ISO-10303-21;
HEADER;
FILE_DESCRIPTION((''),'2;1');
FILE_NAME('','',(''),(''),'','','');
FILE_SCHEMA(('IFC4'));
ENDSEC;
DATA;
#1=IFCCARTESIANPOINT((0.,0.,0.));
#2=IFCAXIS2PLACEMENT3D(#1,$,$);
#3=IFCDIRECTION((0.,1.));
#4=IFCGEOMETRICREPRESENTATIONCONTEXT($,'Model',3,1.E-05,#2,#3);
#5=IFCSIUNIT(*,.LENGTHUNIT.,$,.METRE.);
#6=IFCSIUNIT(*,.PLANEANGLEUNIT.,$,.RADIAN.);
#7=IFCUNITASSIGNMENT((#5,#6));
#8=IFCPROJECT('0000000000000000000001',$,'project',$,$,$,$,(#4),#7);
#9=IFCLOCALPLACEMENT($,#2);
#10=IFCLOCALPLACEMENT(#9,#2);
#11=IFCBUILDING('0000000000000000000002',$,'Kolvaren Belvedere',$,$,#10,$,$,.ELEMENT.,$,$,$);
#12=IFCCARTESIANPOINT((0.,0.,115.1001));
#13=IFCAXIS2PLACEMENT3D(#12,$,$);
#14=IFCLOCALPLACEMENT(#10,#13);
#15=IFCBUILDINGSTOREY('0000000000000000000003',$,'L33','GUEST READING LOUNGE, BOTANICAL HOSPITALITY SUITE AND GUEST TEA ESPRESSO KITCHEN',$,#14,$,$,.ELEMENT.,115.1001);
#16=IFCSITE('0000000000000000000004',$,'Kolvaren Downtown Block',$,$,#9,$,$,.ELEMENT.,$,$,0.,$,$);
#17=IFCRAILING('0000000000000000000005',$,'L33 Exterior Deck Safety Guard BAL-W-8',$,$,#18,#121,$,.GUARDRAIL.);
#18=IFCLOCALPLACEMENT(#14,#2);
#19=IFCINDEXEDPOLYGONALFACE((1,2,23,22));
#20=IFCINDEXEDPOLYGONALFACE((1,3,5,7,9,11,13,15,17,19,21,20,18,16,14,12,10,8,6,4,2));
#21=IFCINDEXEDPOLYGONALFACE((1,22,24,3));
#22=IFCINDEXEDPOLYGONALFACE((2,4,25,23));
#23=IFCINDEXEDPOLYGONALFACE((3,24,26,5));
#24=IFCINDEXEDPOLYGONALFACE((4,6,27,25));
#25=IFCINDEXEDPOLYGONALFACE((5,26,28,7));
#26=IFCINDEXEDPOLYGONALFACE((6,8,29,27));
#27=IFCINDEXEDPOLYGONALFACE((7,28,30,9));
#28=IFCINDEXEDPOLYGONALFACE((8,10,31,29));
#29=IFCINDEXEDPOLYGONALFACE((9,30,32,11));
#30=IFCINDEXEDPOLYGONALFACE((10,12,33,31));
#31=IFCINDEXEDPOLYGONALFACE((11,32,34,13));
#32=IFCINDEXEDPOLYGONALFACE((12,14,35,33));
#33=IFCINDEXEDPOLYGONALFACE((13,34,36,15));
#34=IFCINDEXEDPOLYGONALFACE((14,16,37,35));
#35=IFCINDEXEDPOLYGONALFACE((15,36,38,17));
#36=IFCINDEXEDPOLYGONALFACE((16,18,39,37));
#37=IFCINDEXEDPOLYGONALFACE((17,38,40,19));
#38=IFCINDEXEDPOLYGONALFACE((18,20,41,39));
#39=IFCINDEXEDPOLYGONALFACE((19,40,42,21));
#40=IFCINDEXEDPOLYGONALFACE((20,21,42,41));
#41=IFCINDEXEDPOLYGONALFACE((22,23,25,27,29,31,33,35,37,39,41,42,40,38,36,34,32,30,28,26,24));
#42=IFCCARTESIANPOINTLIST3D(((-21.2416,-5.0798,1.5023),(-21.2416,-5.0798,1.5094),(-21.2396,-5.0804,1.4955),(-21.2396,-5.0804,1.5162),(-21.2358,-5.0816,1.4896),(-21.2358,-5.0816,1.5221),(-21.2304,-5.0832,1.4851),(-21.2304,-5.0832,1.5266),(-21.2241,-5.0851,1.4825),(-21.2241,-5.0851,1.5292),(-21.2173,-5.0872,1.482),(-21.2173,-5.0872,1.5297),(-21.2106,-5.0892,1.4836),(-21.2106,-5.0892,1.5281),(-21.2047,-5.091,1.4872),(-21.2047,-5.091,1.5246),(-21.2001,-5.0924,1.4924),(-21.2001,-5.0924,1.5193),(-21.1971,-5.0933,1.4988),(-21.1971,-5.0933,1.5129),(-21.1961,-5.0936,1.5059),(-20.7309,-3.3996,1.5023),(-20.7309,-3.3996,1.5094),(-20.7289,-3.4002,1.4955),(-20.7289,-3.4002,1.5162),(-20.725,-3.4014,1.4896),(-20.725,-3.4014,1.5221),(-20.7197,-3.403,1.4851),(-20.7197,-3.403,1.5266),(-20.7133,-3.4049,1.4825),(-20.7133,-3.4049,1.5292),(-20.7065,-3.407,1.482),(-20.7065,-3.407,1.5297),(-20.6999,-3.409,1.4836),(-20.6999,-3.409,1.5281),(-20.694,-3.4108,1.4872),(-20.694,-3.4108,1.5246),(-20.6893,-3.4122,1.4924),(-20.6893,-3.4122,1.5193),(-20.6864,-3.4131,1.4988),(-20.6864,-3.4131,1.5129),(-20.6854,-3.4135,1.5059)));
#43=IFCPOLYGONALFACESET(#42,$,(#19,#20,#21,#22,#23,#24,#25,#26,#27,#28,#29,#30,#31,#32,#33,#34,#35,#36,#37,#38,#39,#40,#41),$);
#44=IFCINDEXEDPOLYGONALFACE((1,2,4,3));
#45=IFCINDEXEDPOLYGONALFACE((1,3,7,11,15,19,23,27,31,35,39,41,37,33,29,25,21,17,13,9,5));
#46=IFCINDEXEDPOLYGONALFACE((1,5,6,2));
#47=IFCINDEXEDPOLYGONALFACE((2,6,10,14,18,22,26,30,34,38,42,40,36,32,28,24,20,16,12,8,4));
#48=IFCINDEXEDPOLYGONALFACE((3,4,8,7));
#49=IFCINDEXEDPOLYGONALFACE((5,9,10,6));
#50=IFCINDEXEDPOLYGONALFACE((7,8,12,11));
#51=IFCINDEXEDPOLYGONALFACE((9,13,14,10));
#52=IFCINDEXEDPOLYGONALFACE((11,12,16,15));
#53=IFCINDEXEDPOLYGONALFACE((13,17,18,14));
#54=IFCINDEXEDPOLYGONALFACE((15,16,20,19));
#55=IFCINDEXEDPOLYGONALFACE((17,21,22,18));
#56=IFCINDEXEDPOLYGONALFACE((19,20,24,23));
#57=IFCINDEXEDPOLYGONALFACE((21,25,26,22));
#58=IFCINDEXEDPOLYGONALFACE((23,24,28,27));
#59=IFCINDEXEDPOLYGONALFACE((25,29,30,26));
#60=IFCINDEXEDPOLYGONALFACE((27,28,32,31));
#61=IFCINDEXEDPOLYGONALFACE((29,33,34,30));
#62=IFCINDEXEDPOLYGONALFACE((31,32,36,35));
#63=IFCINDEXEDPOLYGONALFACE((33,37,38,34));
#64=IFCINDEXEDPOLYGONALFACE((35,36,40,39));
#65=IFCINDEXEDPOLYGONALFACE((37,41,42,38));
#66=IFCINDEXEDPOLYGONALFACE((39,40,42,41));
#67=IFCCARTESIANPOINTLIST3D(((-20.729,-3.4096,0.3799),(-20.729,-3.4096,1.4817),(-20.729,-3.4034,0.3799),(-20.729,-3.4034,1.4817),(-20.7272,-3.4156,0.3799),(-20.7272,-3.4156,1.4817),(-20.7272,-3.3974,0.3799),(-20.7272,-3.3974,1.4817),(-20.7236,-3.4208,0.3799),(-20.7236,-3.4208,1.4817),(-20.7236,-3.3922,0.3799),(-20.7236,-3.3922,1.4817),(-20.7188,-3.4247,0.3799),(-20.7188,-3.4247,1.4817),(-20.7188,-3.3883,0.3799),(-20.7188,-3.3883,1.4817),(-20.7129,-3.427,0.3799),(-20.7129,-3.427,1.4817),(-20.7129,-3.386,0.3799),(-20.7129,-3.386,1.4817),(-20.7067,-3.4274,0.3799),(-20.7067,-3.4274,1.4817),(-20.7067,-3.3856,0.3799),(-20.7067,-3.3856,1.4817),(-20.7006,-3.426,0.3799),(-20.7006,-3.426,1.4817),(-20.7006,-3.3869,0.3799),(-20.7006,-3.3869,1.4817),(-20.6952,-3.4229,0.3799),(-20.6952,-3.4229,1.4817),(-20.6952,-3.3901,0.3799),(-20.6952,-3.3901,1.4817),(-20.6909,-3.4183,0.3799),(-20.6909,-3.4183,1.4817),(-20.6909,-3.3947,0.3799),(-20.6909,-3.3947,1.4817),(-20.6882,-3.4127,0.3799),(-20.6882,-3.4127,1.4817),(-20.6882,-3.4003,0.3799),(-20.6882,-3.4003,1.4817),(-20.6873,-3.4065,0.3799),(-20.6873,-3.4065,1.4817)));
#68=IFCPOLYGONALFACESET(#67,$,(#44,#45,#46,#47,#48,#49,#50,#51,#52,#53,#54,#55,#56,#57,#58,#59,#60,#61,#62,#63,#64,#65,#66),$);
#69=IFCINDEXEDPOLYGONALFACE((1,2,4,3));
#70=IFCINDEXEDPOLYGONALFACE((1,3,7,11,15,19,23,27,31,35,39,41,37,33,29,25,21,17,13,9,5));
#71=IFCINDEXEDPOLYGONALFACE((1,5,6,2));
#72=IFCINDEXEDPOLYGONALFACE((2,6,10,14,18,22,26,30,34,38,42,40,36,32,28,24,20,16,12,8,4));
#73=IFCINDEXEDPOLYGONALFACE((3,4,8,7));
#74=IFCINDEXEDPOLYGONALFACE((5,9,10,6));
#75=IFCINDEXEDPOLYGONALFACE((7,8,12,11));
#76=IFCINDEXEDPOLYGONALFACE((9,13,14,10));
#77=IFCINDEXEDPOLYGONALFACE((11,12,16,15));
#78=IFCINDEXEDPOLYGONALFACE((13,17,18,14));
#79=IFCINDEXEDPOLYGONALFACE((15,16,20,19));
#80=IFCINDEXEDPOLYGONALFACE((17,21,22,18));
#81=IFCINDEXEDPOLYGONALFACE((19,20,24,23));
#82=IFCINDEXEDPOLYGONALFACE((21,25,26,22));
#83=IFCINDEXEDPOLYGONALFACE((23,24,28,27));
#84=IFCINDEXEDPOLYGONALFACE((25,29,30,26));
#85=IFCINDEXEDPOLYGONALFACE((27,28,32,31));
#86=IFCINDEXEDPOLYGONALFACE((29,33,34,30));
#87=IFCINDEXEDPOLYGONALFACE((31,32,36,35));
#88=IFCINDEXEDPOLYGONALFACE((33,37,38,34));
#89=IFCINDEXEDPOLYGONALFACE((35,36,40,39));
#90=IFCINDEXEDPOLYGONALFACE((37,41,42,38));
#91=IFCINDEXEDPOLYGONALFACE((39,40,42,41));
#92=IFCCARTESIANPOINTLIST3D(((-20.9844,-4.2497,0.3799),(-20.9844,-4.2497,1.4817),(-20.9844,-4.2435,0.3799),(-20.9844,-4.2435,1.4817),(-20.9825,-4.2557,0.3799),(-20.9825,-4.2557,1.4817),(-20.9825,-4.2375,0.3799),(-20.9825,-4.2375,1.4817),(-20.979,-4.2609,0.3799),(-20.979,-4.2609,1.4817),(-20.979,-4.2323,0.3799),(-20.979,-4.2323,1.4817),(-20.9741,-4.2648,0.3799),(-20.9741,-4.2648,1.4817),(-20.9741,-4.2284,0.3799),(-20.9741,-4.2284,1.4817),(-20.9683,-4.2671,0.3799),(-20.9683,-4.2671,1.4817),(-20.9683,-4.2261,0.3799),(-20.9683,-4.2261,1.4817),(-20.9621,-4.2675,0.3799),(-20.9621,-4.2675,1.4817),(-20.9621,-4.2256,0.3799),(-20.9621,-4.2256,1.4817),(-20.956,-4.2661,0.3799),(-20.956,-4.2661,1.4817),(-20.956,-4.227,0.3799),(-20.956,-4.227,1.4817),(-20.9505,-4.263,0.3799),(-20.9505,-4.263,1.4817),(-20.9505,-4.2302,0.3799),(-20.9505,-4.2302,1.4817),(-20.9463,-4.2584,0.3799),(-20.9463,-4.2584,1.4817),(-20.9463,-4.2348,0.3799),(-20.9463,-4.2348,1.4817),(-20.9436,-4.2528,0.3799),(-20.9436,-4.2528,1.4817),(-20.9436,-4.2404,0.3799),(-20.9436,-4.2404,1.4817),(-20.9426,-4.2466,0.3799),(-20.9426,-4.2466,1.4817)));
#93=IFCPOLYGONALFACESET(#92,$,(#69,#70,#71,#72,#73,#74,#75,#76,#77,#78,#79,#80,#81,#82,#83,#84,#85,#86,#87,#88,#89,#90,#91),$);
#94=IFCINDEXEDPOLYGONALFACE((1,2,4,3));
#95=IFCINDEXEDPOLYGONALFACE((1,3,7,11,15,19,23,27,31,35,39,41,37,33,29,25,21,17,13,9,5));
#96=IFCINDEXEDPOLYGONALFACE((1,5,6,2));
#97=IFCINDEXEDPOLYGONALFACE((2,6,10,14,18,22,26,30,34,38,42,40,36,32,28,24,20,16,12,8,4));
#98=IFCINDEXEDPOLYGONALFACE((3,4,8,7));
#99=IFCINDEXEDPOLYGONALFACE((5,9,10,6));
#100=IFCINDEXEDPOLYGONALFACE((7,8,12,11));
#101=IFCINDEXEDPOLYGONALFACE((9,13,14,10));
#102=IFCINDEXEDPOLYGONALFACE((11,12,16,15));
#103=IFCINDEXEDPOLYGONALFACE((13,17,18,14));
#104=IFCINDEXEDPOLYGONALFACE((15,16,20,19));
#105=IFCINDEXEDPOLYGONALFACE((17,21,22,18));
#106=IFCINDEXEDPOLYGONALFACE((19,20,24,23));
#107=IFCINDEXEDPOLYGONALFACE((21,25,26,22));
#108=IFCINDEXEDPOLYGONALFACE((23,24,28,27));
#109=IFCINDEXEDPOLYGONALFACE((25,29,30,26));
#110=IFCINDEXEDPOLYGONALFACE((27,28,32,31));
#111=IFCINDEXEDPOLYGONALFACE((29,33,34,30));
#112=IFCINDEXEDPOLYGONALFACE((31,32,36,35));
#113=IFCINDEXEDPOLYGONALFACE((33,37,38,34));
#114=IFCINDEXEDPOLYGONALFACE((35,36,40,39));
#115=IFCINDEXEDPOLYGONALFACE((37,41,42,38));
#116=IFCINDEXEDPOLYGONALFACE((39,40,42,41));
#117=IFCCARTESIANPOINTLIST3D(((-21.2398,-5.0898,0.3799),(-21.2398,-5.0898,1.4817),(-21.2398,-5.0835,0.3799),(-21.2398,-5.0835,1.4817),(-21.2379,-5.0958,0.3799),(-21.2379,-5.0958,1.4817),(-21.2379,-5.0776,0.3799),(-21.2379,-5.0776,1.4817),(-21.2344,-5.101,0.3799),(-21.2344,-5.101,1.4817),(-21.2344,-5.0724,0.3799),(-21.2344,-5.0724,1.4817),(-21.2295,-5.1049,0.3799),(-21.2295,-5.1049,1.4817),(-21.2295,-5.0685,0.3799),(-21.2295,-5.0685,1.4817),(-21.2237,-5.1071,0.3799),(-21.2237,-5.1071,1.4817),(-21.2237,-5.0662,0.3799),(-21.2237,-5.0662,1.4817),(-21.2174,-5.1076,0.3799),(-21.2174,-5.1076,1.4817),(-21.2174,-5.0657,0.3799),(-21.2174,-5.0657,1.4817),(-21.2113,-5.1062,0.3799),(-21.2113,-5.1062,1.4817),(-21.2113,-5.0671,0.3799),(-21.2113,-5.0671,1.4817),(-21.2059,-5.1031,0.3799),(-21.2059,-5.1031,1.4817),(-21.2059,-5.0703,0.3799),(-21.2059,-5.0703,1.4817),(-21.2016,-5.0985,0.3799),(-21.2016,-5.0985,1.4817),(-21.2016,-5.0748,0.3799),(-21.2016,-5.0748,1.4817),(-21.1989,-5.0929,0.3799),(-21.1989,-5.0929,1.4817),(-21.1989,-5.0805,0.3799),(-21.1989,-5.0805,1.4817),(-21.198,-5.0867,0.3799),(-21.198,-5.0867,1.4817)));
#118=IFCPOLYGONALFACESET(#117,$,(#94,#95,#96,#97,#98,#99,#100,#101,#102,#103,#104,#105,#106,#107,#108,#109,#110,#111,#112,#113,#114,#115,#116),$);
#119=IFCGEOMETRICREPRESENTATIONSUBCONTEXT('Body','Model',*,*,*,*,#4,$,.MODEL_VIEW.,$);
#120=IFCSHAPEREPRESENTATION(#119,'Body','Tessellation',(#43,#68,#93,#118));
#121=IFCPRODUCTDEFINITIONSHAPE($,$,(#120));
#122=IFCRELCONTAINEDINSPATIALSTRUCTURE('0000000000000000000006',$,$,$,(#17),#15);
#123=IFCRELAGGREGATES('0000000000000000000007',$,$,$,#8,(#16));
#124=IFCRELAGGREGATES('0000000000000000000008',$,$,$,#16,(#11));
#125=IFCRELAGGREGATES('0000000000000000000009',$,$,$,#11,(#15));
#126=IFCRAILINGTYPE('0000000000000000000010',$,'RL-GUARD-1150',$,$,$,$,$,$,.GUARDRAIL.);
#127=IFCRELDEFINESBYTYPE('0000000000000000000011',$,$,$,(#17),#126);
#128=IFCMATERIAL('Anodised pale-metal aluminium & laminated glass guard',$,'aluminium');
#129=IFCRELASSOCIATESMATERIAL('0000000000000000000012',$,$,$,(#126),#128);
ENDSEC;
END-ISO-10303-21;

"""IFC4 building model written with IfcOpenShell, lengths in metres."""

from ifc_helpers import new_model, si_unit, direction, frame, origin, origin_2d, place, context, subcontext, project, spatial, circle, extrude, material, type_object, element, save


model = new_model("IFC4")

# Units and contexts
model_context = context("Model", 3, precision=1e-05, world=origin(), true_north=direction((0.0, 1.0)))
body_context = subcontext(model_context, "Body", "Model", "MODEL_VIEW")
ifc_project = project(units=[si_unit("LENGTHUNIT", "METRE"), si_unit("PLANEANGLEUNIT", "RADIAN")], contexts=[model_context])

# Site, building, storey
site_placement = place(None, origin())
site = spatial("IfcSite", under=ifc_project, at=site_placement, Name="Kolvaren Downtown Block", CompositionType="ELEMENT", RefElevation=0.0)
building_placement = place(site_placement, origin())
building = spatial("IfcBuilding", under=site, at=building_placement, Name="Kolvaren Belvedere", CompositionType="ELEMENT")
storey_placement = place(building_placement, frame((0.0, 0.0, 115.1001)))
storey = spatial("IfcBuildingStorey", under=building, at=storey_placement, Name="L33", Description="GUEST READING LOUNGE, BOTANICAL HOSPITALITY SUITE AND GUEST TEA ESPRESSO KITCHEN", CompositionType="ELEMENT", Elevation=115.1001)

# Railing
ifc_material_1 = material(Name="Anodised pale-metal aluminium & laminated glass guard", Category="aluminium")
railing_type = type_object("IfcRailingType", Name="RL-GUARD-1150", PredefinedType="GUARDRAIL", material=ifc_material_1)
railing_1_placement = place(storey_placement, frame((-20.7083, -3.4065, 0.3799)))
element("IfcRailing", 1, at=railing_1_placement, inside=storey, type_object=railing_type, Name="L33 Exterior Deck Safety Guard BAL-W-8", PredefinedType="GUARDRAIL", context=body_context, shape_type="SweptSolid", body=[
    extrude(circle(Radius=0.0239, at=origin_2d()), frame((0.0, 0.0, 1.126), z_axis=(-0.290841, -0.956771, 0.0), x_axis=(0.956771, -0.290841, 0.0)), (0.0, 0.0, 1.0), 1.7561),
    extrude(circle(Radius=0.021, at=origin_2d()), origin(), (0.0, 0.0, 1.0), 1.1018),
    extrude(circle(Radius=0.021, at=origin_2d()), frame((-0.2554, -0.8401, 0.0)), (0.0, 0.0, 1.0), 1.1018),
    extrude(circle(Radius=0.021, at=origin_2d()), frame((-0.5107, -1.6802, 0.0)), (0.0, 0.0, 1.0), 1.1018),
])

save(model, "model.ifc")
